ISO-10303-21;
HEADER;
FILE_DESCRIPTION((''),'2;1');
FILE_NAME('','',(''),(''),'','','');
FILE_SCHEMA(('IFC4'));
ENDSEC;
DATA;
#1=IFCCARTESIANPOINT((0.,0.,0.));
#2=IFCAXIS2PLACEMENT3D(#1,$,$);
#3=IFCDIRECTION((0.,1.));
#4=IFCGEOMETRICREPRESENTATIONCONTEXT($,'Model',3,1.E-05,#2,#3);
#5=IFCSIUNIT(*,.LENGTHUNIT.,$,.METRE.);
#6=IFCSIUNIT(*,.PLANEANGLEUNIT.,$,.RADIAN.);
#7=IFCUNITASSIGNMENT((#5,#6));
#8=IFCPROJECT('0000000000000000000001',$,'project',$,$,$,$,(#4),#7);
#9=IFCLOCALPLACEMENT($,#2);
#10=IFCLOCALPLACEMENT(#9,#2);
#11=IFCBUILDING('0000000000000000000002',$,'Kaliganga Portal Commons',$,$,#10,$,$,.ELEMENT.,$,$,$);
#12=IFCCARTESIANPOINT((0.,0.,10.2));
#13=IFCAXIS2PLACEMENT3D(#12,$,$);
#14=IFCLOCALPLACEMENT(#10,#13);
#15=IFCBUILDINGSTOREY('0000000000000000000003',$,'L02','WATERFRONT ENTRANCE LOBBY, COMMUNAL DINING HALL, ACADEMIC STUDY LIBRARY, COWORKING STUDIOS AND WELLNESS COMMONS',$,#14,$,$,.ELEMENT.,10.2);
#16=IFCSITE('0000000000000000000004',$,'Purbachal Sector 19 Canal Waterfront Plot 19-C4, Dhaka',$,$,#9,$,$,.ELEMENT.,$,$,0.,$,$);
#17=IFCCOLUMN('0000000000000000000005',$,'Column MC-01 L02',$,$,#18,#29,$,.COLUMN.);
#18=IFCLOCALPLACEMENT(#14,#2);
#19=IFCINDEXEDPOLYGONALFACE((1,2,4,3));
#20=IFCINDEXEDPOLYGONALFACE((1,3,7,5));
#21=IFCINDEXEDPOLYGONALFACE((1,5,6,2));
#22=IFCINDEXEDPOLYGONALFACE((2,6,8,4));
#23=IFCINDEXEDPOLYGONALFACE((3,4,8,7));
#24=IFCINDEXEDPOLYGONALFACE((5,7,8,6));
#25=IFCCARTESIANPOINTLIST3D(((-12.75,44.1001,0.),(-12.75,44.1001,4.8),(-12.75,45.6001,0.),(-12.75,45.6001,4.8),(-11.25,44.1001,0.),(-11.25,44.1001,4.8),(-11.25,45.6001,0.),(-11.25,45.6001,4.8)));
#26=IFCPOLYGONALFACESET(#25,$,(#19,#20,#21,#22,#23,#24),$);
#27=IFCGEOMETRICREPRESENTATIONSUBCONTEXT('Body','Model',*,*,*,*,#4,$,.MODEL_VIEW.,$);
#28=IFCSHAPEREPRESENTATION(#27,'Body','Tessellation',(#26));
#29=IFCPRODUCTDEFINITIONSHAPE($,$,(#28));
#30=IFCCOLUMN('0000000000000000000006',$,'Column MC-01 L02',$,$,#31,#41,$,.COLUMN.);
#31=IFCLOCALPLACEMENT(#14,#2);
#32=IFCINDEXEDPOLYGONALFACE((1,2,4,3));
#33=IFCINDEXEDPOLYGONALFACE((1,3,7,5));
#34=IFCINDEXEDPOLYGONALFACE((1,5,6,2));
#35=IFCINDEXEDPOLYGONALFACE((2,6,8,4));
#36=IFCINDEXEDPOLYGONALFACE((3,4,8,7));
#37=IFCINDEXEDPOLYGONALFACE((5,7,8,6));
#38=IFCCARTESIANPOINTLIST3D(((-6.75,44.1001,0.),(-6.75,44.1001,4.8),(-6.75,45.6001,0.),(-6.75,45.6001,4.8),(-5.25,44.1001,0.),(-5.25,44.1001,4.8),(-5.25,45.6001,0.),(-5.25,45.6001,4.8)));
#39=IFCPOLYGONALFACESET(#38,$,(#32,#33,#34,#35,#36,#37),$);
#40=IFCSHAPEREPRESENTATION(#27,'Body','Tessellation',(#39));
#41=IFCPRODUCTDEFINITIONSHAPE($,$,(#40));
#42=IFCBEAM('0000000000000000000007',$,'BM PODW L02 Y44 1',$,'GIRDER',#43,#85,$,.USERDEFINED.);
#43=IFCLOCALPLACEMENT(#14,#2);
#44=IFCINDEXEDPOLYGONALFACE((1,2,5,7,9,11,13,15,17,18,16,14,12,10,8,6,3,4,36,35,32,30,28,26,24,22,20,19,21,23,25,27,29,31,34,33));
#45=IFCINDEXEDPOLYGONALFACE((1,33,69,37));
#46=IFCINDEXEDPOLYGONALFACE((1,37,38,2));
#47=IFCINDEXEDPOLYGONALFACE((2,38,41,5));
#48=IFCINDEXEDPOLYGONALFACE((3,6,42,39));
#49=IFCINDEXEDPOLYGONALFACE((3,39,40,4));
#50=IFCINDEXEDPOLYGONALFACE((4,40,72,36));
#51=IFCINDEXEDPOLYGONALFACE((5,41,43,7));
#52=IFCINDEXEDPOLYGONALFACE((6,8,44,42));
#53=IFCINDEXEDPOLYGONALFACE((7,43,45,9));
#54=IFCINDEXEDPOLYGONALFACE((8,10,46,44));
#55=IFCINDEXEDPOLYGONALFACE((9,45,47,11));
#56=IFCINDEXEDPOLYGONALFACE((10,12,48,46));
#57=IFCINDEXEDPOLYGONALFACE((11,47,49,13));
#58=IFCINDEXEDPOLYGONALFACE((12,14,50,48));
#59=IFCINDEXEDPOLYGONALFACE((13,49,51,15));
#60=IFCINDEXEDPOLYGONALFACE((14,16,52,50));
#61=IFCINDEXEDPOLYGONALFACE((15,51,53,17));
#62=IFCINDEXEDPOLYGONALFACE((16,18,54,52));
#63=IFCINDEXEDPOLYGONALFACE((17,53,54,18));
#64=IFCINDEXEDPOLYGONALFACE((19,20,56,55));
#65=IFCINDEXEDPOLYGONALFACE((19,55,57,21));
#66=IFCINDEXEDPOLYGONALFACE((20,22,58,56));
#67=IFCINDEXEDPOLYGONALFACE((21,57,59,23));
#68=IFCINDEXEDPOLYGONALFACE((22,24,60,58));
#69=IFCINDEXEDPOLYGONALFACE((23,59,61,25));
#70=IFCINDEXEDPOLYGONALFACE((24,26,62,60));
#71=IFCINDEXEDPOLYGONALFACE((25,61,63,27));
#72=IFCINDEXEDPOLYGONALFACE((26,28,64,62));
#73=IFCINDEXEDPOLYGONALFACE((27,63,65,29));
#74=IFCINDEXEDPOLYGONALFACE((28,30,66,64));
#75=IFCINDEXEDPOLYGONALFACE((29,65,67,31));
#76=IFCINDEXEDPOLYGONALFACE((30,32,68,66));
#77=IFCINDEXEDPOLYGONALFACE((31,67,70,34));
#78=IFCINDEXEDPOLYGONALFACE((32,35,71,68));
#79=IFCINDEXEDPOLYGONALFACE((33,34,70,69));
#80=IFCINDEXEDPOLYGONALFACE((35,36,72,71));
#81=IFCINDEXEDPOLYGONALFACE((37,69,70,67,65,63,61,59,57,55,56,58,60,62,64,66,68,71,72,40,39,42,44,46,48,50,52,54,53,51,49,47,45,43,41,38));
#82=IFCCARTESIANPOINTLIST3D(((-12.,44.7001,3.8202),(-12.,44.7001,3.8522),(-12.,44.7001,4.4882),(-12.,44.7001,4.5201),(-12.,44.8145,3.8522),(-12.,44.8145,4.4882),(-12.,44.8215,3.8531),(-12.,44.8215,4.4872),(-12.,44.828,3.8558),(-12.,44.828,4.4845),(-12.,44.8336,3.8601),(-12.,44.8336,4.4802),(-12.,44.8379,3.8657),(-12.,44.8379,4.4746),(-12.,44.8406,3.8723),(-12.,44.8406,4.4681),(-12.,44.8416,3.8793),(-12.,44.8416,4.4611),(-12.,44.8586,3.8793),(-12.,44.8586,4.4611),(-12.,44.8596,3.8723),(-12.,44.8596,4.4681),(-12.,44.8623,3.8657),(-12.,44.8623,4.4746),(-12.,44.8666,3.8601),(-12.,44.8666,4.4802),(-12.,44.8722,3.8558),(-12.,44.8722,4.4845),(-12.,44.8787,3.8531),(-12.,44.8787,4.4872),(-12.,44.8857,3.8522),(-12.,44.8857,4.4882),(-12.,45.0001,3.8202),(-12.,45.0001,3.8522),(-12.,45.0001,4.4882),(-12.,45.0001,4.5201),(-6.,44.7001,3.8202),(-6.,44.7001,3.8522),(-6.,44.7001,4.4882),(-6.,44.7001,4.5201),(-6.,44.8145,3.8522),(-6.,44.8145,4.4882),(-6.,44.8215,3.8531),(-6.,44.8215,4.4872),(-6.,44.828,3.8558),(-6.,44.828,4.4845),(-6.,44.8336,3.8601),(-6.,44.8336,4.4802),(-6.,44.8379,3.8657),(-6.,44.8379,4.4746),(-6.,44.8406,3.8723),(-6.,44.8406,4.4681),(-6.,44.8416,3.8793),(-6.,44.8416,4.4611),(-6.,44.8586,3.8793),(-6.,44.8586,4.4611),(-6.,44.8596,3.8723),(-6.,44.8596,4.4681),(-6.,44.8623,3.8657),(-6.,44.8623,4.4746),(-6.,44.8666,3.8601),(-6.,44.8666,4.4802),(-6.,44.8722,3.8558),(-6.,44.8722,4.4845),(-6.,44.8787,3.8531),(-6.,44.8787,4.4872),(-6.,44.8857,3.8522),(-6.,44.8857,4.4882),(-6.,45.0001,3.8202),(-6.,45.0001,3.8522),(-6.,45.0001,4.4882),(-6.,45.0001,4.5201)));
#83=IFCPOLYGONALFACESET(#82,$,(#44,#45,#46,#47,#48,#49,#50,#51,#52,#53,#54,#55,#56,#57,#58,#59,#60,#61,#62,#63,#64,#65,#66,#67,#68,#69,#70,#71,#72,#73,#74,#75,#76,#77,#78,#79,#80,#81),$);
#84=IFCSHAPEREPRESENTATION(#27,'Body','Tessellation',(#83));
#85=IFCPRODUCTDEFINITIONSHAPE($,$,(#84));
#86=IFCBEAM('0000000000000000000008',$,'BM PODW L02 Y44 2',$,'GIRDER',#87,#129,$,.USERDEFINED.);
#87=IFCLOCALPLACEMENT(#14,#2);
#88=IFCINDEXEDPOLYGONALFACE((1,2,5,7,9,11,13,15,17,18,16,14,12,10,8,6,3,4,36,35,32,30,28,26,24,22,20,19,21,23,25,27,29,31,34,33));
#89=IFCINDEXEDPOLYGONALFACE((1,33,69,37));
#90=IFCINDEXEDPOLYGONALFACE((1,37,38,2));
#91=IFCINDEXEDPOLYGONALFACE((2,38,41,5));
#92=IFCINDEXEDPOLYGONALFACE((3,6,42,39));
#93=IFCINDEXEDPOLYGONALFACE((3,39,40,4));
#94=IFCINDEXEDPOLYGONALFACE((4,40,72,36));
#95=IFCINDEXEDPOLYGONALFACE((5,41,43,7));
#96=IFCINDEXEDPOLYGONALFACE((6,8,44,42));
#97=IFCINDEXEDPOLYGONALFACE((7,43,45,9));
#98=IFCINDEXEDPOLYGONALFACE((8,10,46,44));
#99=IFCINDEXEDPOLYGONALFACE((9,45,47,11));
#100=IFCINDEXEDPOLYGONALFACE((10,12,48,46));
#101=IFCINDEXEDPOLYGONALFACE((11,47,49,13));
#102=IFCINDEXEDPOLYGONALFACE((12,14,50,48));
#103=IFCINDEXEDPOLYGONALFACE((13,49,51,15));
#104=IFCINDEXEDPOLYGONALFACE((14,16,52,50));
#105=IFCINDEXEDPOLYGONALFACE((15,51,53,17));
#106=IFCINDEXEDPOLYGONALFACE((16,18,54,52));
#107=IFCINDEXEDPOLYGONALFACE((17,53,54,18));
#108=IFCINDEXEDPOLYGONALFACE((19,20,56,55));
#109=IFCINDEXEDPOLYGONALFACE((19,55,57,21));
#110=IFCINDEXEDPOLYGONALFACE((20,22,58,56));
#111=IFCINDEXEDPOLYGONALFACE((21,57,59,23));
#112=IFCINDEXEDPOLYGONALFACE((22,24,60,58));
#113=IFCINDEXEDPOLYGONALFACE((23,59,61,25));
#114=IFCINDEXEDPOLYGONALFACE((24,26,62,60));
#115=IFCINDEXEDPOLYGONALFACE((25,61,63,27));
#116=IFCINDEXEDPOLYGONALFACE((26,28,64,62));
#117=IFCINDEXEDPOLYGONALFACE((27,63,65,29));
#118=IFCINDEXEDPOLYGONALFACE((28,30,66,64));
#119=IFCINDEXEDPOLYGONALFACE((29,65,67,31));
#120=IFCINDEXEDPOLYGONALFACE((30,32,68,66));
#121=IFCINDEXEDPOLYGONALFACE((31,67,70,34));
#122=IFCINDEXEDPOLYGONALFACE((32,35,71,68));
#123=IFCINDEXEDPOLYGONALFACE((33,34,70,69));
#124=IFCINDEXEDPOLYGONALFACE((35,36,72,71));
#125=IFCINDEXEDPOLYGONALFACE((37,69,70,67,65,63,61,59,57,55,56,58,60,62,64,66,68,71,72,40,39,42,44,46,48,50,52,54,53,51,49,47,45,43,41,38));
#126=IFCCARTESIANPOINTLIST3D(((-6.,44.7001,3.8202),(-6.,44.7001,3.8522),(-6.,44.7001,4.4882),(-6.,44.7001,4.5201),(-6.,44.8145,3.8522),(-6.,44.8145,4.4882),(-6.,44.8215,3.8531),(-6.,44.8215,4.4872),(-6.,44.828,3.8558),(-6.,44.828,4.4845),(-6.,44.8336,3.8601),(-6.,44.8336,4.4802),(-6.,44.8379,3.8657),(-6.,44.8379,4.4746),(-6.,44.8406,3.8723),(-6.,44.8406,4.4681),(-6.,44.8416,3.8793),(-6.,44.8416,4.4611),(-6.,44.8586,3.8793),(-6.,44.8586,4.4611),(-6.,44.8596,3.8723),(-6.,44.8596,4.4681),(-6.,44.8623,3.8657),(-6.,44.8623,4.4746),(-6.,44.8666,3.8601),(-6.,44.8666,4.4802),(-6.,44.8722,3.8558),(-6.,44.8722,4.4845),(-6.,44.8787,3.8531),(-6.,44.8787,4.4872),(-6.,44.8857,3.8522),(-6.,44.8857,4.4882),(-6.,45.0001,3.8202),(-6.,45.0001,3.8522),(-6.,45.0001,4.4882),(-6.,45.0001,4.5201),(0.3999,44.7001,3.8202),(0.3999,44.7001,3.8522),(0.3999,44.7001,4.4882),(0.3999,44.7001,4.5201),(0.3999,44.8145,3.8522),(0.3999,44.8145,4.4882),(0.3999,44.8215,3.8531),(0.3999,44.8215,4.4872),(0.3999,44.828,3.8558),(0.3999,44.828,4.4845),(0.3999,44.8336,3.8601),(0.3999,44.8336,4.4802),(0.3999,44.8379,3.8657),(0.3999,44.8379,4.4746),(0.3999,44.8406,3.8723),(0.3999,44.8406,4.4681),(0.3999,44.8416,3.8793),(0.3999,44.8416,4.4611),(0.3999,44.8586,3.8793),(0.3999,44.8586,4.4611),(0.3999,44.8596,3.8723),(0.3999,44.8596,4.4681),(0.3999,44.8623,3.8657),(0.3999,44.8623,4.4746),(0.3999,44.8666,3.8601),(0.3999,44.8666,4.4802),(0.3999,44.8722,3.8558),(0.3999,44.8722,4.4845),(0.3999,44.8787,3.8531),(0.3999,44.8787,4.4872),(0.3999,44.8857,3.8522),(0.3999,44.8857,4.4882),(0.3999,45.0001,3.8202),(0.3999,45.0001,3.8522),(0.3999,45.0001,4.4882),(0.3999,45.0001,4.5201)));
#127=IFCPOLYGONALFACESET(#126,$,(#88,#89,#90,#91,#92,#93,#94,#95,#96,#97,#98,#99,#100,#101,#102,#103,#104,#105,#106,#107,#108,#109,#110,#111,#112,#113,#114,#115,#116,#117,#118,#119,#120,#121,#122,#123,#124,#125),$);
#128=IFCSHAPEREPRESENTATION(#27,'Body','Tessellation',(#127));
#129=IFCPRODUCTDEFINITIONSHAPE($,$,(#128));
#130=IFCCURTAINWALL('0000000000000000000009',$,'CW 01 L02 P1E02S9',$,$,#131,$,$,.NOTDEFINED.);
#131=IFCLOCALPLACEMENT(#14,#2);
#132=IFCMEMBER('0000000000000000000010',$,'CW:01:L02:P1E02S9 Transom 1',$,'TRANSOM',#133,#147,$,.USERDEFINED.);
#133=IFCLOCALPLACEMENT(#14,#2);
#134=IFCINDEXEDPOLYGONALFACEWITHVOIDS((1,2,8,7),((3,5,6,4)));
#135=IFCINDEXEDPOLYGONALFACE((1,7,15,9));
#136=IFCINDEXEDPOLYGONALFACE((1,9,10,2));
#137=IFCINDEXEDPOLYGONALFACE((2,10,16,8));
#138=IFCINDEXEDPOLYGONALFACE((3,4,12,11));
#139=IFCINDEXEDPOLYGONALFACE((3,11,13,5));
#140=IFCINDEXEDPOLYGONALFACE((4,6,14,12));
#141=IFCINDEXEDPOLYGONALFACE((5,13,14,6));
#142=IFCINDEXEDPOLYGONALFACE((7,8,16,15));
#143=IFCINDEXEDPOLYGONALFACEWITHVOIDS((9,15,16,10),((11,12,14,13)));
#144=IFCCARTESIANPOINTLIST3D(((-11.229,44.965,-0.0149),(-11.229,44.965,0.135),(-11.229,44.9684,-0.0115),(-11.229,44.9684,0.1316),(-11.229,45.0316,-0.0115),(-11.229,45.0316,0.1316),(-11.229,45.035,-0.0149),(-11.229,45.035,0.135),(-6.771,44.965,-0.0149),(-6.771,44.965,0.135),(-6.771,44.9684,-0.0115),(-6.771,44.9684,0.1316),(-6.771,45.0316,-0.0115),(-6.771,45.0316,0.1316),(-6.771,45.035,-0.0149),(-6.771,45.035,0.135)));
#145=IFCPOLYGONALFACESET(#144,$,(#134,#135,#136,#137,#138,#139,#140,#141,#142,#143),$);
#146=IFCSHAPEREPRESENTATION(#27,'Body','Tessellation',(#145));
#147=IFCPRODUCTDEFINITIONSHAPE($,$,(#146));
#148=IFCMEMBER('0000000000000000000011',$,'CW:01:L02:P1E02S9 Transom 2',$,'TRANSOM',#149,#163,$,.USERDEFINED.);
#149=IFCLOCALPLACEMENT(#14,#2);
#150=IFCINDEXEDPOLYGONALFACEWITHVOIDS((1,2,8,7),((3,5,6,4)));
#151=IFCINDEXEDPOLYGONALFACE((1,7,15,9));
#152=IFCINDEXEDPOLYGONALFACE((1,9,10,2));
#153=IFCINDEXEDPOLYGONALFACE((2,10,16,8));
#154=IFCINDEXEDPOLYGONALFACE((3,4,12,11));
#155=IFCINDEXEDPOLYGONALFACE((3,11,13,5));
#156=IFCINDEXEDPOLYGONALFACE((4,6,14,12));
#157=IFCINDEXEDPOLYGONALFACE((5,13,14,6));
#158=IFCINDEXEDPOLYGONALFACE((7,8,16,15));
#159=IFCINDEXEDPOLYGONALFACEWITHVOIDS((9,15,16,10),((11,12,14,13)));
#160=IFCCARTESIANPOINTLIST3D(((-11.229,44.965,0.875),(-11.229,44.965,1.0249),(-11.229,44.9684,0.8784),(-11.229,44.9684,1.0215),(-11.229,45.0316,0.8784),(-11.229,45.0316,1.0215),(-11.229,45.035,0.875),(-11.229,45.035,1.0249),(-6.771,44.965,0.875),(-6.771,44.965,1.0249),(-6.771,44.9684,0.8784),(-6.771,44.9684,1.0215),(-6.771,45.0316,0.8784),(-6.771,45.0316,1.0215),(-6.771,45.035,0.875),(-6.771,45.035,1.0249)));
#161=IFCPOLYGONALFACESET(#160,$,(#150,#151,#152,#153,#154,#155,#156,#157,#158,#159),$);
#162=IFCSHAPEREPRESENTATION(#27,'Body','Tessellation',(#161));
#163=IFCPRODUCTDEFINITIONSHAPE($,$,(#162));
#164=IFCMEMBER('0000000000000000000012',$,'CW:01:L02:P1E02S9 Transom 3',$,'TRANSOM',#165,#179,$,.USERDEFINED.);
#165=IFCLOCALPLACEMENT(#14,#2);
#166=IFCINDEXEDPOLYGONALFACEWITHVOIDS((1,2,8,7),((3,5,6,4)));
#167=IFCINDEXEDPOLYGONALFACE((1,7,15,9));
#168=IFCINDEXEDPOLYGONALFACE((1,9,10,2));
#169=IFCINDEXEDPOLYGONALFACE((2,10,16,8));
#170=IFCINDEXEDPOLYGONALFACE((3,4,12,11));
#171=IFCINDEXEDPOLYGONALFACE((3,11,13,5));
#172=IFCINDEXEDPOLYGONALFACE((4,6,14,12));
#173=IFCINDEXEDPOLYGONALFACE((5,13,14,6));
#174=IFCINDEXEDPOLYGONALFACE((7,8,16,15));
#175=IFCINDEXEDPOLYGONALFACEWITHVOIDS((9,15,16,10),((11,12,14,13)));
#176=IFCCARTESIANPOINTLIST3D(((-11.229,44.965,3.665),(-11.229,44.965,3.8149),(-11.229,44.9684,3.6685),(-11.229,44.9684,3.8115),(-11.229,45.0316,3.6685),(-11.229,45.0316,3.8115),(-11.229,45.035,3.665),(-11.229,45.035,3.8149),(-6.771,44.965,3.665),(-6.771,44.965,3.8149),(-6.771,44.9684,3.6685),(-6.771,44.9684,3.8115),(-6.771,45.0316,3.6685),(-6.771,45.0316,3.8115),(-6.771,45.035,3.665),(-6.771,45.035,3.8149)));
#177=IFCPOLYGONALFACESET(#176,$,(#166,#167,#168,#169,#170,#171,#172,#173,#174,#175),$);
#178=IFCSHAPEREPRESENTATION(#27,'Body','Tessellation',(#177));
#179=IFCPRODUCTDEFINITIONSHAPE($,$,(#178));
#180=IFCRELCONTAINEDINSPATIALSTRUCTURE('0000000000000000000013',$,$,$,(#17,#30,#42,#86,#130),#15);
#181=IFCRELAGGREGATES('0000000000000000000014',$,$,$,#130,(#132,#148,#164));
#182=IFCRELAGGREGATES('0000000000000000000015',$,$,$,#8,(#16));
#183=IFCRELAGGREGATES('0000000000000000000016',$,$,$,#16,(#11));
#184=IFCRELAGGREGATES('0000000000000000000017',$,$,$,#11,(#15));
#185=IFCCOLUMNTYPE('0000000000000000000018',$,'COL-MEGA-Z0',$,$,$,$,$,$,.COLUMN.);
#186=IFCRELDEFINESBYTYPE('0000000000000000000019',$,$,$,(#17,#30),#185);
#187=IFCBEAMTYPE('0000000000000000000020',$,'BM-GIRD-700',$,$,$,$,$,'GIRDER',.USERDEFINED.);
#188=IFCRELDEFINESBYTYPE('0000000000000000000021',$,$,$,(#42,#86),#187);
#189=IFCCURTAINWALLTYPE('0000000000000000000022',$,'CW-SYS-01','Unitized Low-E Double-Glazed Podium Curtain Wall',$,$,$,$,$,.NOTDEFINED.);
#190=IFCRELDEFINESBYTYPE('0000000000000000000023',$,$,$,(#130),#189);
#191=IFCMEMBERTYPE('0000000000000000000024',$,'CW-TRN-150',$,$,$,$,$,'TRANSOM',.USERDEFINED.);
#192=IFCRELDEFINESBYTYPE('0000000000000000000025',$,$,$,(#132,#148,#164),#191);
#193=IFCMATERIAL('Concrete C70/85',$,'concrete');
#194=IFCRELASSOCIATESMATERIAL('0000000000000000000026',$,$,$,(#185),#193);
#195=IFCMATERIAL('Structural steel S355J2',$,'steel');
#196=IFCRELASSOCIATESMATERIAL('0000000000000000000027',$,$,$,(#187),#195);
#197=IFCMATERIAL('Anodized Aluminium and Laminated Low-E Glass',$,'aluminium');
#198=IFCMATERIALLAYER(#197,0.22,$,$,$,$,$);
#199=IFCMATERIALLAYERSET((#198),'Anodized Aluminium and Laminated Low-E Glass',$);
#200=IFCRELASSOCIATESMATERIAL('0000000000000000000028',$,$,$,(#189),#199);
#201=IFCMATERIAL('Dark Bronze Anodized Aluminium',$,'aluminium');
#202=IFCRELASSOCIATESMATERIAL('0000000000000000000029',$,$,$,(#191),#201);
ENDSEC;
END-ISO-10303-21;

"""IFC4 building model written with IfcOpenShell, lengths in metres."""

from ifc_helpers import new_model, si_unit, direction, frame, origin, origin_2d, place, context, subcontext, project, spatial, rectangle, hollow_rectangle, i_section, extrude, source, transform, mapped, material, layer, layer_set, material_profile, profile_set, type_object, element, aggregate, save


model = new_model("IFC4")

# Units and contexts
model_context = context("Model", 3, precision=1e-05, world=origin(), true_north=direction((0.0, 1.0)))
body_context = subcontext(model_context, "Body", "Model", "MODEL_VIEW")
ifc_project = project(units=[si_unit("LENGTHUNIT", "METRE"), si_unit("PLANEANGLEUNIT", "RADIAN")], contexts=[model_context])

# Site, building, storey
site_placement = place(None, origin())
site = spatial("IfcSite", under=ifc_project, at=site_placement, Name="Purbachal Sector 19 Canal Waterfront Plot 19-C4, Dhaka", CompositionType="ELEMENT", RefElevation=0.0)
building_placement = place(site_placement, origin())
building = spatial("IfcBuilding", under=site, at=building_placement, Name="Kaliganga Portal Commons", CompositionType="ELEMENT")
storey_placement = place(building_placement, frame((0.0, 0.0, 10.2)))
storey = spatial("IfcBuildingStorey", under=building, at=storey_placement, Name="L02", Description="WATERFRONT ENTRANCE LOBBY, COMMUNAL DINING HALL, ACADEMIC STUDY LIBRARY, COWORKING STUDIOS AND WELLNESS COMMONS", CompositionType="ELEMENT", Elevation=10.2)

# Columns
ifc_material_1 = material(Name="Concrete C70/85", Category="concrete")
ifc_material_profile_1 = material_profile(ifc_material_1, rectangle(XDim=1.5, YDim=1.5, at=origin_2d()), Name="RC 1500x1500")
ifc_profile_set_1 = profile_set([ifc_material_profile_1], Name="Concrete C70/85")
column_type = type_object("IfcColumnType", Name="COL-MEGA-Z0", PredefinedType="COLUMN", material=ifc_profile_set_1)
shared_shape_1 = source(origin(), body_context, "Body", "SweptSolid", [
    extrude(rectangle(XDim=1.5, YDim=1.5, at=origin_2d()), origin(), (0.0, 0.0, 1.0), 4.8),
])
for number, where, z_axis, x_axis, name in (
    (1, (-12.0, 44.8501, 0.0), (0.0, 0.0, 1.0), (1.0, 0.0, 0.0), "Column MC-01 L02"),
    (2, (-6.0, 44.8501, 0.0), (0.0, 0.0, 1.0), (1.0, 0.0, 0.0), "Column MC-01 L02"),
):
    element("IfcColumn", number, at=place(storey_placement, frame(where, z_axis=z_axis, x_axis=x_axis)), inside=storey, type_object=column_type, Name=name, PredefinedType="COLUMN", context=body_context, shape_type="MappedRepresentation", body=[
        mapped(shared_shape_1, transform((0.0, 0.0, 0.0), x_axis=(1.0, 0.0, 0.0), y_axis=(0.0, 1.0, 0.0), z_axis=(0.0, 0.0, 1.0), scale=1.0)),
    ])

# Beams
ifc_material_2 = material(Name="Structural steel S355J2", Category="steel")
ifc_material_profile_2 = material_profile(ifc_material_2, i_section(OverallWidth=0.3, OverallDepth=0.7, WebThickness=0.0171, FlangeThickness=0.032, FilletRadius=0.0271, at=origin_2d()), Name="HE 700 B")
ifc_profile_set_2 = profile_set([ifc_material_profile_2], Name="Structural steel S355J2 wide-flange")
beam_type = type_object("IfcBeamType", Name="BM-GIRD-700", ElementType="GIRDER", PredefinedType="USERDEFINED", material=ifc_profile_set_2)
shared_shape_2 = source(origin(), body_context, "Body", "SweptSolid", [
    extrude(i_section(OverallWidth=0.3, OverallDepth=0.7, WebThickness=0.0171, FlangeThickness=0.032, FilletRadius=0.0271, at=origin_2d()), origin(), (0.0, 0.0, 1.0), 6.0),
])
beam_1_placement = place(storey_placement, frame((-12.0, 44.8501, 4.1702), z_axis=(1.0, 0.0, 0.0), x_axis=(0.0, 1.0, 0.0)))
element("IfcBeam", 3, at=beam_1_placement, inside=storey, type_object=beam_type, Name="BM PODW L02 Y44 1", ObjectType="GIRDER", PredefinedType="USERDEFINED", context=body_context, shape_type="MappedRepresentation", body=[
    mapped(shared_shape_2, transform((0.0, 0.0, 0.0), x_axis=(1.0, 0.0, 0.0), y_axis=(0.0, 1.0, 0.0), z_axis=(0.0, 0.0, 1.0), scale=1.0)),
])
shared_shape_3 = source(origin(), body_context, "Body", "SweptSolid", [
    extrude(i_section(OverallWidth=0.3, OverallDepth=0.7, WebThickness=0.0171, FlangeThickness=0.032, FilletRadius=0.0271, at=origin_2d()), origin(), (0.0, 0.0, 1.0), 6.3999),
])
beam_2_placement = place(storey_placement, frame((-6.0, 44.8501, 4.1702), z_axis=(1.0, 0.0, 0.0), x_axis=(0.0, 1.0, 0.0)))
element("IfcBeam", 4, at=beam_2_placement, inside=storey, type_object=beam_type, Name="BM PODW L02 Y44 2", ObjectType="GIRDER", PredefinedType="USERDEFINED", context=body_context, shape_type="MappedRepresentation", body=[
    mapped(shared_shape_3, transform((0.0, 0.0, 0.0), x_axis=(1.0, 0.0, 0.0), y_axis=(0.0, 1.0, 0.0), z_axis=(0.0, 0.0, 1.0), scale=1.0)),
])

# Curtain wall, members
ifc_material_3 = material(Name="Anodized Aluminium and Laminated Low-E Glass", Category="aluminium")
ifc_layer_1 = layer(ifc_material_3, 0.22)
ifc_layer_set_1 = layer_set([ifc_layer_1], Name="Anodized Aluminium and Laminated Low-E Glass")
curtain_wall_type = type_object("IfcCurtainWallType", Name="CW-SYS-01", Description="Unitized Low-E Double-Glazed Podium Curtain Wall", PredefinedType="NOTDEFINED", material=ifc_layer_set_1)
curtain_wall_1_placement = place(storey_placement, origin())
curtain_wall_1 = element("IfcCurtainWall", 5, at=curtain_wall_1_placement, inside=storey, type_object=curtain_wall_type, Name="CW 01 L02 P1E02S9", PredefinedType="NOTDEFINED")
ifc_material_4 = material(Name="Dark Bronze Anodized Aluminium", Category="aluminium")
ifc_material_profile_3 = material_profile(ifc_material_4, hollow_rectangle(XDim=0.0701, YDim=0.1499, WallThickness=0.0034, at=origin_2d()), Name="ALU TRAN 70x150x3.5")
ifc_profile_set_3 = profile_set([ifc_material_profile_3], Name="Dark Bronze Anodized Aluminium")
member_type_1 = type_object("IfcMemberType", Name="CW-TRN-150", ElementType="TRANSOM", PredefinedType="USERDEFINED", material=ifc_profile_set_3)
shared_shape_4 = source(origin(), body_context, "Body", "SweptSolid", [
    extrude(hollow_rectangle(XDim=0.0701, YDim=0.1499, WallThickness=0.0034, at=origin_2d()), origin(), (0.0, 0.0, 1.0), 4.458),
])
member_1_placement = place(storey_placement, frame((-6.771, 45.0, 0.0601), z_axis=(-1.0, 0.0, 0.0), x_axis=(0.0, -1.0, 0.0)))
member_1 = element("IfcMember", 6, at=member_1_placement, type_object=member_type_1, Name="CW:01:L02:P1E02S9 Transom 1", ObjectType="TRANSOM", PredefinedType="USERDEFINED", context=body_context, shape_type="MappedRepresentation", body=[
    mapped(shared_shape_4, transform((0.0, 0.0, 0.0), x_axis=(1.0, 0.0, 0.0), y_axis=(0.0, 1.0, 0.0), z_axis=(0.0, 0.0, 1.0), scale=1.0)),
])
member_2_placement = place(storey_placement, frame((-6.771, 45.0, 0.95), z_axis=(-1.0, 0.0, 0.0), x_axis=(0.0, -1.0, 0.0)))
member_2 = element("IfcMember", 7, at=member_2_placement, type_object=member_type_1, Name="CW:01:L02:P1E02S9 Transom 2", ObjectType="TRANSOM", PredefinedType="USERDEFINED", context=body_context, shape_type="MappedRepresentation", body=[
    mapped(shared_shape_4, transform((0.0, 0.0, 0.0), x_axis=(1.0, 0.0, 0.0), y_axis=(0.0, 1.0, 0.0), z_axis=(0.0, 0.0, 1.0), scale=1.0)),
])
member_3_placement = place(storey_placement, frame((-6.771, 45.0, 3.74), z_axis=(-1.0, 0.0, 0.0), x_axis=(0.0, -1.0, 0.0)))
member_3 = element("IfcMember", 8, at=member_3_placement, type_object=member_type_1, Name="CW:01:L02:P1E02S9 Transom 3", ObjectType="TRANSOM", PredefinedType="USERDEFINED", context=body_context, shape_type="MappedRepresentation", body=[
    mapped(shared_shape_4, transform((0.0, 0.0, 0.0), x_axis=(1.0, 0.0, 0.0), y_axis=(0.0, 1.0, 0.0), z_axis=(0.0, 0.0, 1.0), scale=1.0)),
])

aggregate(curtain_wall_1, [member_1, member_2, member_3])

save(model, "model.ifc")
